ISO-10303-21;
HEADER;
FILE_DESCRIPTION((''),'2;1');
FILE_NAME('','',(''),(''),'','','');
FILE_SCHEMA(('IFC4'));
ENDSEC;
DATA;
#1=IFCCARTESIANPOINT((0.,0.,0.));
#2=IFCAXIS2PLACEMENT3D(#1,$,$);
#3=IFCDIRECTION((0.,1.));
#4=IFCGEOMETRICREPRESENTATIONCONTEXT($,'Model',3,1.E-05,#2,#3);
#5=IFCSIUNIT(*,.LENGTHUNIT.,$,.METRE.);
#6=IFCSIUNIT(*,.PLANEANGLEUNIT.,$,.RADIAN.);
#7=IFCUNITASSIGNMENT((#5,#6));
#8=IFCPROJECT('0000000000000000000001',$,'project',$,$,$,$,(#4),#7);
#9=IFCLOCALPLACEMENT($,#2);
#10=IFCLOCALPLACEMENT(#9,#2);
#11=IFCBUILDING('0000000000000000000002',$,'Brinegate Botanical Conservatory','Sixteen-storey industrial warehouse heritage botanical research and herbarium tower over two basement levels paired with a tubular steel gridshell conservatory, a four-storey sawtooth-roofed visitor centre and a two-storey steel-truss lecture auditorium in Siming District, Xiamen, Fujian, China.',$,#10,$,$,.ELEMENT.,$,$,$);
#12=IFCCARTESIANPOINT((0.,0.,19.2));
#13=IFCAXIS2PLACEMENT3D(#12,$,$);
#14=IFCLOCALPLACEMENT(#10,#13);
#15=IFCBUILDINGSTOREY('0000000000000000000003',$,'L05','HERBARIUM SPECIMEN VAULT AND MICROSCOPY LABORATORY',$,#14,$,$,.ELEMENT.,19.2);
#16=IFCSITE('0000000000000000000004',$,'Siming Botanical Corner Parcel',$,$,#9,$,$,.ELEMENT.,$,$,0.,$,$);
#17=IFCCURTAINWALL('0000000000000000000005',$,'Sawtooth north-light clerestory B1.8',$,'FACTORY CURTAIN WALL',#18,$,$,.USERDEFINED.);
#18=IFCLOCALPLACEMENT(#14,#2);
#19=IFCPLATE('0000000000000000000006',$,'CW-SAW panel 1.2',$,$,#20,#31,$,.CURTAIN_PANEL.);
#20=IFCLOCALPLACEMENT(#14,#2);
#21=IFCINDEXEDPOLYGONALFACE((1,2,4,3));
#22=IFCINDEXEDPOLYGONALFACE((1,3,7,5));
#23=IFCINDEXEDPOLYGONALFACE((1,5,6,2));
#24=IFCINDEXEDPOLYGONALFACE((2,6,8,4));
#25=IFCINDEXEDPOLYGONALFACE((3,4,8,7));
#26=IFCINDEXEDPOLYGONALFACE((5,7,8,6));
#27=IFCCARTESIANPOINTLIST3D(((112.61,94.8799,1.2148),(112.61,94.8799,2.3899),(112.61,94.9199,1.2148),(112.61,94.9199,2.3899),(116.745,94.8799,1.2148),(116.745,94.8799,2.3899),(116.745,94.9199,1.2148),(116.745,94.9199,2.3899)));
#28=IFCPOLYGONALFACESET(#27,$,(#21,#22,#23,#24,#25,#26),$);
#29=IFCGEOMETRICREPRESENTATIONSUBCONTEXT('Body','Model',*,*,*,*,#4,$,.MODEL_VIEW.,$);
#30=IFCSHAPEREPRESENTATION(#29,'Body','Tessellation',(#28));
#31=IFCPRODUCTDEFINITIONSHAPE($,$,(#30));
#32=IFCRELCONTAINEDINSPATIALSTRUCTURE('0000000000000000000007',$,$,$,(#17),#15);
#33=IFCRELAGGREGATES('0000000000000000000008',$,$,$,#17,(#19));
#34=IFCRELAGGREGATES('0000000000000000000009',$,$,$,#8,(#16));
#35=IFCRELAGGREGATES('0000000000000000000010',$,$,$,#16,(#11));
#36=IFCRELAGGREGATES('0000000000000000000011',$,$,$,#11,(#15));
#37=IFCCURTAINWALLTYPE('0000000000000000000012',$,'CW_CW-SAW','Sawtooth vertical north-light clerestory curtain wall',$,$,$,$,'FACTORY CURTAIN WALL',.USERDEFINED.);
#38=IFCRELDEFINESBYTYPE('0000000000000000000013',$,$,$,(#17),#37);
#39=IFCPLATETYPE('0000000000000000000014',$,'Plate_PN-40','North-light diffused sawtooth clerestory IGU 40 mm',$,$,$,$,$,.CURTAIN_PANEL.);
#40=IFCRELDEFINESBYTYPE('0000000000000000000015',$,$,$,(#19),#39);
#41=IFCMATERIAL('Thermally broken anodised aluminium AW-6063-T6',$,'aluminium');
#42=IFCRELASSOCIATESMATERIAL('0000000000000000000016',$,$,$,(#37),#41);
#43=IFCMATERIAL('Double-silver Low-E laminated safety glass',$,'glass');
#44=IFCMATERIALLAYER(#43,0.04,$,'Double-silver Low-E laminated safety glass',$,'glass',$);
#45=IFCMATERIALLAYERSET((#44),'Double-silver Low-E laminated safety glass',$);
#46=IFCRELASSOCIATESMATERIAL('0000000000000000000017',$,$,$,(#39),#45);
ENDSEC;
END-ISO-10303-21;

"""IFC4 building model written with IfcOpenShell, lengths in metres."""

from ifc_helpers import new_model, si_unit, direction, frame, origin, origin_2d, place, context, subcontext, project, spatial, rectangle, extrude, material, layer, layer_set, type_object, element, aggregate, save


model = new_model("IFC4")

# Units and contexts
model_context = context("Model", 3, precision=1e-05, world=origin(), true_north=direction((0.0, 1.0)))
body_context = subcontext(model_context, "Body", "Model", "MODEL_VIEW")
ifc_project = project(units=[si_unit("LENGTHUNIT", "METRE"), si_unit("PLANEANGLEUNIT", "RADIAN")], contexts=[model_context])

# Site, building, storey
site_placement = place(None, origin())
site = spatial("IfcSite", under=ifc_project, at=site_placement, Name="Siming Botanical Corner Parcel", CompositionType="ELEMENT", RefElevation=0.0)
building_placement = place(site_placement, origin())
building = spatial("IfcBuilding", under=site, at=building_placement, Name="Brinegate Botanical Conservatory", Description="Sixteen-storey industrial warehouse heritage botanical research and herbarium tower over two basement levels paired with a tubular steel gridshell conservatory, a four-storey sawtooth-roofed visitor centre and a two-storey steel-truss lecture auditorium in Siming District, Xiamen, Fujian, China.", CompositionType="ELEMENT")
storey_placement = place(building_placement, frame((0.0, 0.0, 19.2)))
storey = spatial("IfcBuildingStorey", under=building, at=storey_placement, Name="L05", Description="HERBARIUM SPECIMEN VAULT AND MICROSCOPY LABORATORY", CompositionType="ELEMENT", Elevation=19.2)

# Shared definitions
ifc_material_1 = material(Name="Thermally broken anodised aluminium AW-6063-T6", Category="aluminium")
curtain_wall_type = type_object("IfcCurtainWallType", Name="CW_CW-SAW", Description="Sawtooth vertical north-light clerestory curtain wall", ElementType="FACTORY CURTAIN WALL", PredefinedType="USERDEFINED", material=ifc_material_1)

# Curtain wall
curtain_wall_1_placement = place(storey_placement, origin())
curtain_wall_1 = element("IfcCurtainWall", 1, at=curtain_wall_1_placement, inside=storey, type_object=curtain_wall_type, Name="Sawtooth north-light clerestory B1.8", ObjectType="FACTORY CURTAIN WALL", PredefinedType="USERDEFINED")

# Plate
ifc_material_2 = material(Name="Double-silver Low-E laminated safety glass", Category="glass")
ifc_layer_1 = layer(ifc_material_2, 0.04, Name="Double-silver Low-E laminated safety glass", Category="glass")
ifc_layer_set_1 = layer_set([ifc_layer_1], Name="Double-silver Low-E laminated safety glass")
plate_type_1 = type_object("IfcPlateType", Name="Plate_PN-40", Description="North-light diffused sawtooth clerestory IGU 40 mm", PredefinedType="CURTAIN_PANEL", material=ifc_layer_set_1)
plate_1_placement = place(storey_placement, frame((114.6775, 94.8999, 1.2148), z_axis=(0.0, 0.0, 1.0), x_axis=(1.0, 0.0, 0.0)))
plate_1 = element("IfcPlate", 2, at=plate_1_placement, type_object=plate_type_1, Name="CW-SAW panel 1.2", PredefinedType="CURTAIN_PANEL", context=body_context, shape_type="SweptSolid", body=[
    extrude(rectangle(XDim=4.135, YDim=0.04, at=origin_2d()), origin(), (0.0, 0.0, 1.0), 1.175),
])
aggregate(curtain_wall_1, [plate_1])

save(model, "model.ifc")
